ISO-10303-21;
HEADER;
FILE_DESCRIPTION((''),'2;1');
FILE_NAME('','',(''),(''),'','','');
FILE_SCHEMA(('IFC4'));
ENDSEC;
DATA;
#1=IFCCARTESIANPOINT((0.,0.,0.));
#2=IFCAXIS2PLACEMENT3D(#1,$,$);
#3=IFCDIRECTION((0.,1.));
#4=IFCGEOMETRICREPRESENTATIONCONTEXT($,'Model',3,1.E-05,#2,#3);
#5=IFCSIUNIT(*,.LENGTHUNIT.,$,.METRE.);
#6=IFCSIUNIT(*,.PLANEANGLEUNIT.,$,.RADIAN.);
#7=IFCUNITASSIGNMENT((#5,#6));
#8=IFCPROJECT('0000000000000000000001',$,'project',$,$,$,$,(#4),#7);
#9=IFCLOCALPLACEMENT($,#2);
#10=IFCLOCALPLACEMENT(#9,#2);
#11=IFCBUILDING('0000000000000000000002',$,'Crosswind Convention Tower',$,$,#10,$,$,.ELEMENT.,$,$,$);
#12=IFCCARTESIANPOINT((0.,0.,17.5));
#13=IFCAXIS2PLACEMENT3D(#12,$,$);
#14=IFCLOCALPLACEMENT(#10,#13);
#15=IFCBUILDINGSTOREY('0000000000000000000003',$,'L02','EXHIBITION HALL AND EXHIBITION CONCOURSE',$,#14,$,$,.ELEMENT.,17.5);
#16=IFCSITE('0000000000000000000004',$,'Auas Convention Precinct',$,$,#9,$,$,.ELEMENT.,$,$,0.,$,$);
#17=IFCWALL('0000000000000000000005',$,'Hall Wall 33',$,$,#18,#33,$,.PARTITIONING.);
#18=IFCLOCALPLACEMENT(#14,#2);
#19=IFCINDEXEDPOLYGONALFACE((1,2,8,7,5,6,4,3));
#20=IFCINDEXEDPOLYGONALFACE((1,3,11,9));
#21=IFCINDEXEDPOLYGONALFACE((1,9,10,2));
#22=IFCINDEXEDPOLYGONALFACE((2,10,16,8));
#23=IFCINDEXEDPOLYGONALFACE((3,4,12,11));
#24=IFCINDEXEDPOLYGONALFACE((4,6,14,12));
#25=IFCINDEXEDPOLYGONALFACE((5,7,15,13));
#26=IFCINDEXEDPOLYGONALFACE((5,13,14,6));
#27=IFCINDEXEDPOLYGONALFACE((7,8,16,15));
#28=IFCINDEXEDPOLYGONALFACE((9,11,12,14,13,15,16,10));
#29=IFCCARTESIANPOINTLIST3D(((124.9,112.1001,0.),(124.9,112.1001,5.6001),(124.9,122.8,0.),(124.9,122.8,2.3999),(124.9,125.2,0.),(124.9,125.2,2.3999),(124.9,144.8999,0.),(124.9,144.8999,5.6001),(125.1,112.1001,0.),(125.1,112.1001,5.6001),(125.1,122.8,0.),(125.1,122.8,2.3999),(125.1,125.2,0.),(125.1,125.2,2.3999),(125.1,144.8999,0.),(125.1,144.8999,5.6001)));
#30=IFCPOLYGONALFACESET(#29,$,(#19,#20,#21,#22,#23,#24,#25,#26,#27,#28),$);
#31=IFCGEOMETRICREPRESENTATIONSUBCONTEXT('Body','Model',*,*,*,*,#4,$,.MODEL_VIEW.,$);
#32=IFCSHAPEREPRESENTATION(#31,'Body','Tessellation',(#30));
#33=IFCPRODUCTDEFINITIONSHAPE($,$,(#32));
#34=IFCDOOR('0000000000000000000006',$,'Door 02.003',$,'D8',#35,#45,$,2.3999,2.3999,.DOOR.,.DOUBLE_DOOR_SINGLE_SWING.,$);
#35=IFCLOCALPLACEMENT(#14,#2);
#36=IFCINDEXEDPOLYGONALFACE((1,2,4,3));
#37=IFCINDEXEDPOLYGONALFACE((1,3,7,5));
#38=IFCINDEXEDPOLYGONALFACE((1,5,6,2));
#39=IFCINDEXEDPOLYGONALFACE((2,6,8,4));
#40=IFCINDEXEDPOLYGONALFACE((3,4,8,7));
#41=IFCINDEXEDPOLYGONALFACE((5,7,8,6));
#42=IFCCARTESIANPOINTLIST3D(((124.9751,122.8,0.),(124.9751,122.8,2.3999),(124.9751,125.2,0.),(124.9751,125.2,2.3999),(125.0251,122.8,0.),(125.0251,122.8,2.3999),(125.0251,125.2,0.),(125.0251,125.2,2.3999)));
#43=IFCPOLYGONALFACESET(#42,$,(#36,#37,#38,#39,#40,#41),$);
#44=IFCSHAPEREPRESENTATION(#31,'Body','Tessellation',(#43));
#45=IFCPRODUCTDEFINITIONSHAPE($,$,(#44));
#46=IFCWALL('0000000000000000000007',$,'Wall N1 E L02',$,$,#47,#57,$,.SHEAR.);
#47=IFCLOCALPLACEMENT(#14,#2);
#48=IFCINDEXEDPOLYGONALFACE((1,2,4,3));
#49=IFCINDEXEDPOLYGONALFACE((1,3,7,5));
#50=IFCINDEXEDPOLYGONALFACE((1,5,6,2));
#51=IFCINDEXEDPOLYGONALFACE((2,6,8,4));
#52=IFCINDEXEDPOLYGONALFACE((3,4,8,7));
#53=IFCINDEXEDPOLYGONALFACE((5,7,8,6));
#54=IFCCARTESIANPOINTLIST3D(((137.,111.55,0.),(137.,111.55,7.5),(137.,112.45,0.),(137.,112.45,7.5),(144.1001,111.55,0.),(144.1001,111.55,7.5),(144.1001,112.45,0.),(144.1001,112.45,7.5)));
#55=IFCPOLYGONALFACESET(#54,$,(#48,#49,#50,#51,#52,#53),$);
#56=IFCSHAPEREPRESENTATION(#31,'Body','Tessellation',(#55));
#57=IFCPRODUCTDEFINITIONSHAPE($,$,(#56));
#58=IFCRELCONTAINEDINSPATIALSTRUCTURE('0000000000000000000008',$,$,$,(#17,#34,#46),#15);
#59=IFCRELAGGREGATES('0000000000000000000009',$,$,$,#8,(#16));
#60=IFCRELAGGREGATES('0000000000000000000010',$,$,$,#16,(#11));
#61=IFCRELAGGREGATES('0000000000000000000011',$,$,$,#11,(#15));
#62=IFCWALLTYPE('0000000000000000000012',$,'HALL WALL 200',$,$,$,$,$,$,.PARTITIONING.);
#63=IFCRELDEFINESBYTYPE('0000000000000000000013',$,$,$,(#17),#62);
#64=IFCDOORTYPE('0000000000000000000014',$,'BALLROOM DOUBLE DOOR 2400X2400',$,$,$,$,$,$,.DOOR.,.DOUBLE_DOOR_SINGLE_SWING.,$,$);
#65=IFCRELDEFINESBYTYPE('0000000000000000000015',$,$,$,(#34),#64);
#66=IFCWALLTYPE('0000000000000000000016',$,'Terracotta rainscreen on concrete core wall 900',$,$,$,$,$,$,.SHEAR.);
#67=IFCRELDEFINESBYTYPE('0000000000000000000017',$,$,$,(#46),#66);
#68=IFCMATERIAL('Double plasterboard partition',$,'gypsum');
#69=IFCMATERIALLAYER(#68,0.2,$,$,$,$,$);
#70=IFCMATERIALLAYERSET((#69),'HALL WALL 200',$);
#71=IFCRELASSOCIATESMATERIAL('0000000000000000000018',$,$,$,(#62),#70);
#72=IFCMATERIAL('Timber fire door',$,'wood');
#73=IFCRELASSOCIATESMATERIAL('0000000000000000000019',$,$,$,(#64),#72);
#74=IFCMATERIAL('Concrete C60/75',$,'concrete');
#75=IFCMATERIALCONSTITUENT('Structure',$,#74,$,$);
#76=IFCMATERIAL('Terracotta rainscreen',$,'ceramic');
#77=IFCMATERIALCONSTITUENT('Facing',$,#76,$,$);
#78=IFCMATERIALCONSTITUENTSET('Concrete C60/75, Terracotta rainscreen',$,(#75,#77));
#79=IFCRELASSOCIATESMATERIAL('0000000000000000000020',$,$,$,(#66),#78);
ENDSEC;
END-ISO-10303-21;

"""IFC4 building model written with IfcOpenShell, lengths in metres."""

from ifc_helpers import new_model, si_unit, direction, frame, frame_2d, origin, place, context, subcontext, project, spatial, rectangle, extrude, material, layer, layer_set, constituent, constituent_set, type_object, element, fill, save


model = new_model("IFC4")

# Units and contexts
model_context = context("Model", 3, precision=1e-05, world=origin(), true_north=direction((0.0, 1.0)))
body_context = subcontext(model_context, "Body", "Model", "MODEL_VIEW")
ifc_project = project(units=[si_unit("LENGTHUNIT", "METRE"), si_unit("PLANEANGLEUNIT", "RADIAN")], contexts=[model_context])

# Site, building, storey
site_placement = place(None, origin())
site = spatial("IfcSite", under=ifc_project, at=site_placement, Name="Auas Convention Precinct", CompositionType="ELEMENT", RefElevation=0.0)
building_placement = place(site_placement, origin())
building = spatial("IfcBuilding", under=site, at=building_placement, Name="Crosswind Convention Tower", CompositionType="ELEMENT")
storey_placement = place(building_placement, frame((0.0, 0.0, 17.5)))
storey = spatial("IfcBuildingStorey", under=building, at=storey_placement, Name="L02", Description="EXHIBITION HALL AND EXHIBITION CONCOURSE", CompositionType="ELEMENT", Elevation=17.5)

# Shared definitions
ifc_material_1 = material(Name="Double plasterboard partition", Category="gypsum")
ifc_layer_1 = layer(ifc_material_1, 0.2)
ifc_layer_set_1 = layer_set([ifc_layer_1], Name="HALL WALL 200")
wall_type_1 = type_object("IfcWallType", Name="HALL WALL 200", PredefinedType="PARTITIONING", material=ifc_layer_set_1)

# Wall, opening, door
ifc_material_2 = material(Name="Timber fire door", Category="wood")
door_type_1 = type_object("IfcDoorType", Name="BALLROOM DOUBLE DOOR 2400X2400", OperationType="DOUBLE_DOOR_SINGLE_SWING", PredefinedType="DOOR", material=ifc_material_2)
wall_1_placement = place(storey_placement, frame((125.0, 112.1001, 0.0), z_axis=(0.0, 0.0, 1.0), x_axis=(0.0, 1.0, 0.0)))
wall_1 = element("IfcWall", 1, at=wall_1_placement, inside=storey, type_object=wall_type_1, Name="Hall Wall 33", PredefinedType="PARTITIONING", context=body_context, shape_type="SweptSolid", body=[
    extrude(rectangle(XDim=32.7998, YDim=0.2, at=frame_2d((16.3999, 0.0))), origin(), (0.0, 0.0, 1.0), 5.6001),
])
opening_1_placement = place(wall_1_placement, frame((10.7, 0.0, 0.0)))
opening_1 = element("IfcOpeningElement", 2, at=opening_1_placement, cuts=wall_1, PredefinedType="OPENING", context=body_context, shape_type="SweptSolid", body=[
    extrude(rectangle(XDim=2.3999, YDim=2.3999, at=frame_2d((1.2, 1.2))), frame((0.0, 0.1099, 0.0), z_axis=(0.0, -1.0, 0.0), x_axis=(1.0, 0.0, 0.0)), (0.0, 0.0, 1.0), 0.22),
])
door_1_placement = place(opening_1_placement, origin())
door_1 = element("IfcDoor", 3, at=door_1_placement, inside=storey, type_object=door_type_1, Name="Door 02.003", ObjectType="D8", OperationType="DOUBLE_DOOR_SINGLE_SWING", OverallHeight=2.3999, OverallWidth=2.3999, PredefinedType="DOOR", context=body_context, shape_type="SweptSolid", body=[
    extrude(rectangle(XDim=2.3999, YDim=2.3999, at=frame_2d((1.2, 1.2))), frame((0.0, 0.0249, 0.0), z_axis=(0.0, -1.0, 0.0), x_axis=(1.0, 0.0, 0.0)), (0.0, 0.0, 1.0), 0.05),
])
fill(opening_1, door_1)

# Wall
ifc_material_3 = material(Name="Concrete C60/75", Category="concrete")
ifc_constituent_1 = constituent(ifc_material_3, Name="Structure")
ifc_material_4 = material(Name="Terracotta rainscreen", Category="ceramic")
ifc_constituent_2 = constituent(ifc_material_4, Name="Facing")
ifc_constituent_set = constituent_set(constituents=[ifc_constituent_1, ifc_constituent_2], Name="Concrete C60/75, Terracotta rainscreen")
wall_type_2 = type_object("IfcWallType", Name="Terracotta rainscreen on concrete core wall 900", PredefinedType="SHEAR", material=ifc_constituent_set)
wall_2_placement = place(storey_placement, frame((137.0, 112.0, 0.0), z_axis=(0.0, 0.0, 1.0), x_axis=(1.0, 0.0, 0.0)))
element("IfcWall", 4, at=wall_2_placement, inside=storey, type_object=wall_type_2, Name="Wall N1 E L02", PredefinedType="SHEAR", context=body_context, shape_type="SweptSolid", body=[
    extrude(rectangle(XDim=7.1001, YDim=0.8999, at=frame_2d((3.55, 0.0))), origin(), (0.0, 0.0, 1.0), 7.5),
])

save(model, "model.ifc")
